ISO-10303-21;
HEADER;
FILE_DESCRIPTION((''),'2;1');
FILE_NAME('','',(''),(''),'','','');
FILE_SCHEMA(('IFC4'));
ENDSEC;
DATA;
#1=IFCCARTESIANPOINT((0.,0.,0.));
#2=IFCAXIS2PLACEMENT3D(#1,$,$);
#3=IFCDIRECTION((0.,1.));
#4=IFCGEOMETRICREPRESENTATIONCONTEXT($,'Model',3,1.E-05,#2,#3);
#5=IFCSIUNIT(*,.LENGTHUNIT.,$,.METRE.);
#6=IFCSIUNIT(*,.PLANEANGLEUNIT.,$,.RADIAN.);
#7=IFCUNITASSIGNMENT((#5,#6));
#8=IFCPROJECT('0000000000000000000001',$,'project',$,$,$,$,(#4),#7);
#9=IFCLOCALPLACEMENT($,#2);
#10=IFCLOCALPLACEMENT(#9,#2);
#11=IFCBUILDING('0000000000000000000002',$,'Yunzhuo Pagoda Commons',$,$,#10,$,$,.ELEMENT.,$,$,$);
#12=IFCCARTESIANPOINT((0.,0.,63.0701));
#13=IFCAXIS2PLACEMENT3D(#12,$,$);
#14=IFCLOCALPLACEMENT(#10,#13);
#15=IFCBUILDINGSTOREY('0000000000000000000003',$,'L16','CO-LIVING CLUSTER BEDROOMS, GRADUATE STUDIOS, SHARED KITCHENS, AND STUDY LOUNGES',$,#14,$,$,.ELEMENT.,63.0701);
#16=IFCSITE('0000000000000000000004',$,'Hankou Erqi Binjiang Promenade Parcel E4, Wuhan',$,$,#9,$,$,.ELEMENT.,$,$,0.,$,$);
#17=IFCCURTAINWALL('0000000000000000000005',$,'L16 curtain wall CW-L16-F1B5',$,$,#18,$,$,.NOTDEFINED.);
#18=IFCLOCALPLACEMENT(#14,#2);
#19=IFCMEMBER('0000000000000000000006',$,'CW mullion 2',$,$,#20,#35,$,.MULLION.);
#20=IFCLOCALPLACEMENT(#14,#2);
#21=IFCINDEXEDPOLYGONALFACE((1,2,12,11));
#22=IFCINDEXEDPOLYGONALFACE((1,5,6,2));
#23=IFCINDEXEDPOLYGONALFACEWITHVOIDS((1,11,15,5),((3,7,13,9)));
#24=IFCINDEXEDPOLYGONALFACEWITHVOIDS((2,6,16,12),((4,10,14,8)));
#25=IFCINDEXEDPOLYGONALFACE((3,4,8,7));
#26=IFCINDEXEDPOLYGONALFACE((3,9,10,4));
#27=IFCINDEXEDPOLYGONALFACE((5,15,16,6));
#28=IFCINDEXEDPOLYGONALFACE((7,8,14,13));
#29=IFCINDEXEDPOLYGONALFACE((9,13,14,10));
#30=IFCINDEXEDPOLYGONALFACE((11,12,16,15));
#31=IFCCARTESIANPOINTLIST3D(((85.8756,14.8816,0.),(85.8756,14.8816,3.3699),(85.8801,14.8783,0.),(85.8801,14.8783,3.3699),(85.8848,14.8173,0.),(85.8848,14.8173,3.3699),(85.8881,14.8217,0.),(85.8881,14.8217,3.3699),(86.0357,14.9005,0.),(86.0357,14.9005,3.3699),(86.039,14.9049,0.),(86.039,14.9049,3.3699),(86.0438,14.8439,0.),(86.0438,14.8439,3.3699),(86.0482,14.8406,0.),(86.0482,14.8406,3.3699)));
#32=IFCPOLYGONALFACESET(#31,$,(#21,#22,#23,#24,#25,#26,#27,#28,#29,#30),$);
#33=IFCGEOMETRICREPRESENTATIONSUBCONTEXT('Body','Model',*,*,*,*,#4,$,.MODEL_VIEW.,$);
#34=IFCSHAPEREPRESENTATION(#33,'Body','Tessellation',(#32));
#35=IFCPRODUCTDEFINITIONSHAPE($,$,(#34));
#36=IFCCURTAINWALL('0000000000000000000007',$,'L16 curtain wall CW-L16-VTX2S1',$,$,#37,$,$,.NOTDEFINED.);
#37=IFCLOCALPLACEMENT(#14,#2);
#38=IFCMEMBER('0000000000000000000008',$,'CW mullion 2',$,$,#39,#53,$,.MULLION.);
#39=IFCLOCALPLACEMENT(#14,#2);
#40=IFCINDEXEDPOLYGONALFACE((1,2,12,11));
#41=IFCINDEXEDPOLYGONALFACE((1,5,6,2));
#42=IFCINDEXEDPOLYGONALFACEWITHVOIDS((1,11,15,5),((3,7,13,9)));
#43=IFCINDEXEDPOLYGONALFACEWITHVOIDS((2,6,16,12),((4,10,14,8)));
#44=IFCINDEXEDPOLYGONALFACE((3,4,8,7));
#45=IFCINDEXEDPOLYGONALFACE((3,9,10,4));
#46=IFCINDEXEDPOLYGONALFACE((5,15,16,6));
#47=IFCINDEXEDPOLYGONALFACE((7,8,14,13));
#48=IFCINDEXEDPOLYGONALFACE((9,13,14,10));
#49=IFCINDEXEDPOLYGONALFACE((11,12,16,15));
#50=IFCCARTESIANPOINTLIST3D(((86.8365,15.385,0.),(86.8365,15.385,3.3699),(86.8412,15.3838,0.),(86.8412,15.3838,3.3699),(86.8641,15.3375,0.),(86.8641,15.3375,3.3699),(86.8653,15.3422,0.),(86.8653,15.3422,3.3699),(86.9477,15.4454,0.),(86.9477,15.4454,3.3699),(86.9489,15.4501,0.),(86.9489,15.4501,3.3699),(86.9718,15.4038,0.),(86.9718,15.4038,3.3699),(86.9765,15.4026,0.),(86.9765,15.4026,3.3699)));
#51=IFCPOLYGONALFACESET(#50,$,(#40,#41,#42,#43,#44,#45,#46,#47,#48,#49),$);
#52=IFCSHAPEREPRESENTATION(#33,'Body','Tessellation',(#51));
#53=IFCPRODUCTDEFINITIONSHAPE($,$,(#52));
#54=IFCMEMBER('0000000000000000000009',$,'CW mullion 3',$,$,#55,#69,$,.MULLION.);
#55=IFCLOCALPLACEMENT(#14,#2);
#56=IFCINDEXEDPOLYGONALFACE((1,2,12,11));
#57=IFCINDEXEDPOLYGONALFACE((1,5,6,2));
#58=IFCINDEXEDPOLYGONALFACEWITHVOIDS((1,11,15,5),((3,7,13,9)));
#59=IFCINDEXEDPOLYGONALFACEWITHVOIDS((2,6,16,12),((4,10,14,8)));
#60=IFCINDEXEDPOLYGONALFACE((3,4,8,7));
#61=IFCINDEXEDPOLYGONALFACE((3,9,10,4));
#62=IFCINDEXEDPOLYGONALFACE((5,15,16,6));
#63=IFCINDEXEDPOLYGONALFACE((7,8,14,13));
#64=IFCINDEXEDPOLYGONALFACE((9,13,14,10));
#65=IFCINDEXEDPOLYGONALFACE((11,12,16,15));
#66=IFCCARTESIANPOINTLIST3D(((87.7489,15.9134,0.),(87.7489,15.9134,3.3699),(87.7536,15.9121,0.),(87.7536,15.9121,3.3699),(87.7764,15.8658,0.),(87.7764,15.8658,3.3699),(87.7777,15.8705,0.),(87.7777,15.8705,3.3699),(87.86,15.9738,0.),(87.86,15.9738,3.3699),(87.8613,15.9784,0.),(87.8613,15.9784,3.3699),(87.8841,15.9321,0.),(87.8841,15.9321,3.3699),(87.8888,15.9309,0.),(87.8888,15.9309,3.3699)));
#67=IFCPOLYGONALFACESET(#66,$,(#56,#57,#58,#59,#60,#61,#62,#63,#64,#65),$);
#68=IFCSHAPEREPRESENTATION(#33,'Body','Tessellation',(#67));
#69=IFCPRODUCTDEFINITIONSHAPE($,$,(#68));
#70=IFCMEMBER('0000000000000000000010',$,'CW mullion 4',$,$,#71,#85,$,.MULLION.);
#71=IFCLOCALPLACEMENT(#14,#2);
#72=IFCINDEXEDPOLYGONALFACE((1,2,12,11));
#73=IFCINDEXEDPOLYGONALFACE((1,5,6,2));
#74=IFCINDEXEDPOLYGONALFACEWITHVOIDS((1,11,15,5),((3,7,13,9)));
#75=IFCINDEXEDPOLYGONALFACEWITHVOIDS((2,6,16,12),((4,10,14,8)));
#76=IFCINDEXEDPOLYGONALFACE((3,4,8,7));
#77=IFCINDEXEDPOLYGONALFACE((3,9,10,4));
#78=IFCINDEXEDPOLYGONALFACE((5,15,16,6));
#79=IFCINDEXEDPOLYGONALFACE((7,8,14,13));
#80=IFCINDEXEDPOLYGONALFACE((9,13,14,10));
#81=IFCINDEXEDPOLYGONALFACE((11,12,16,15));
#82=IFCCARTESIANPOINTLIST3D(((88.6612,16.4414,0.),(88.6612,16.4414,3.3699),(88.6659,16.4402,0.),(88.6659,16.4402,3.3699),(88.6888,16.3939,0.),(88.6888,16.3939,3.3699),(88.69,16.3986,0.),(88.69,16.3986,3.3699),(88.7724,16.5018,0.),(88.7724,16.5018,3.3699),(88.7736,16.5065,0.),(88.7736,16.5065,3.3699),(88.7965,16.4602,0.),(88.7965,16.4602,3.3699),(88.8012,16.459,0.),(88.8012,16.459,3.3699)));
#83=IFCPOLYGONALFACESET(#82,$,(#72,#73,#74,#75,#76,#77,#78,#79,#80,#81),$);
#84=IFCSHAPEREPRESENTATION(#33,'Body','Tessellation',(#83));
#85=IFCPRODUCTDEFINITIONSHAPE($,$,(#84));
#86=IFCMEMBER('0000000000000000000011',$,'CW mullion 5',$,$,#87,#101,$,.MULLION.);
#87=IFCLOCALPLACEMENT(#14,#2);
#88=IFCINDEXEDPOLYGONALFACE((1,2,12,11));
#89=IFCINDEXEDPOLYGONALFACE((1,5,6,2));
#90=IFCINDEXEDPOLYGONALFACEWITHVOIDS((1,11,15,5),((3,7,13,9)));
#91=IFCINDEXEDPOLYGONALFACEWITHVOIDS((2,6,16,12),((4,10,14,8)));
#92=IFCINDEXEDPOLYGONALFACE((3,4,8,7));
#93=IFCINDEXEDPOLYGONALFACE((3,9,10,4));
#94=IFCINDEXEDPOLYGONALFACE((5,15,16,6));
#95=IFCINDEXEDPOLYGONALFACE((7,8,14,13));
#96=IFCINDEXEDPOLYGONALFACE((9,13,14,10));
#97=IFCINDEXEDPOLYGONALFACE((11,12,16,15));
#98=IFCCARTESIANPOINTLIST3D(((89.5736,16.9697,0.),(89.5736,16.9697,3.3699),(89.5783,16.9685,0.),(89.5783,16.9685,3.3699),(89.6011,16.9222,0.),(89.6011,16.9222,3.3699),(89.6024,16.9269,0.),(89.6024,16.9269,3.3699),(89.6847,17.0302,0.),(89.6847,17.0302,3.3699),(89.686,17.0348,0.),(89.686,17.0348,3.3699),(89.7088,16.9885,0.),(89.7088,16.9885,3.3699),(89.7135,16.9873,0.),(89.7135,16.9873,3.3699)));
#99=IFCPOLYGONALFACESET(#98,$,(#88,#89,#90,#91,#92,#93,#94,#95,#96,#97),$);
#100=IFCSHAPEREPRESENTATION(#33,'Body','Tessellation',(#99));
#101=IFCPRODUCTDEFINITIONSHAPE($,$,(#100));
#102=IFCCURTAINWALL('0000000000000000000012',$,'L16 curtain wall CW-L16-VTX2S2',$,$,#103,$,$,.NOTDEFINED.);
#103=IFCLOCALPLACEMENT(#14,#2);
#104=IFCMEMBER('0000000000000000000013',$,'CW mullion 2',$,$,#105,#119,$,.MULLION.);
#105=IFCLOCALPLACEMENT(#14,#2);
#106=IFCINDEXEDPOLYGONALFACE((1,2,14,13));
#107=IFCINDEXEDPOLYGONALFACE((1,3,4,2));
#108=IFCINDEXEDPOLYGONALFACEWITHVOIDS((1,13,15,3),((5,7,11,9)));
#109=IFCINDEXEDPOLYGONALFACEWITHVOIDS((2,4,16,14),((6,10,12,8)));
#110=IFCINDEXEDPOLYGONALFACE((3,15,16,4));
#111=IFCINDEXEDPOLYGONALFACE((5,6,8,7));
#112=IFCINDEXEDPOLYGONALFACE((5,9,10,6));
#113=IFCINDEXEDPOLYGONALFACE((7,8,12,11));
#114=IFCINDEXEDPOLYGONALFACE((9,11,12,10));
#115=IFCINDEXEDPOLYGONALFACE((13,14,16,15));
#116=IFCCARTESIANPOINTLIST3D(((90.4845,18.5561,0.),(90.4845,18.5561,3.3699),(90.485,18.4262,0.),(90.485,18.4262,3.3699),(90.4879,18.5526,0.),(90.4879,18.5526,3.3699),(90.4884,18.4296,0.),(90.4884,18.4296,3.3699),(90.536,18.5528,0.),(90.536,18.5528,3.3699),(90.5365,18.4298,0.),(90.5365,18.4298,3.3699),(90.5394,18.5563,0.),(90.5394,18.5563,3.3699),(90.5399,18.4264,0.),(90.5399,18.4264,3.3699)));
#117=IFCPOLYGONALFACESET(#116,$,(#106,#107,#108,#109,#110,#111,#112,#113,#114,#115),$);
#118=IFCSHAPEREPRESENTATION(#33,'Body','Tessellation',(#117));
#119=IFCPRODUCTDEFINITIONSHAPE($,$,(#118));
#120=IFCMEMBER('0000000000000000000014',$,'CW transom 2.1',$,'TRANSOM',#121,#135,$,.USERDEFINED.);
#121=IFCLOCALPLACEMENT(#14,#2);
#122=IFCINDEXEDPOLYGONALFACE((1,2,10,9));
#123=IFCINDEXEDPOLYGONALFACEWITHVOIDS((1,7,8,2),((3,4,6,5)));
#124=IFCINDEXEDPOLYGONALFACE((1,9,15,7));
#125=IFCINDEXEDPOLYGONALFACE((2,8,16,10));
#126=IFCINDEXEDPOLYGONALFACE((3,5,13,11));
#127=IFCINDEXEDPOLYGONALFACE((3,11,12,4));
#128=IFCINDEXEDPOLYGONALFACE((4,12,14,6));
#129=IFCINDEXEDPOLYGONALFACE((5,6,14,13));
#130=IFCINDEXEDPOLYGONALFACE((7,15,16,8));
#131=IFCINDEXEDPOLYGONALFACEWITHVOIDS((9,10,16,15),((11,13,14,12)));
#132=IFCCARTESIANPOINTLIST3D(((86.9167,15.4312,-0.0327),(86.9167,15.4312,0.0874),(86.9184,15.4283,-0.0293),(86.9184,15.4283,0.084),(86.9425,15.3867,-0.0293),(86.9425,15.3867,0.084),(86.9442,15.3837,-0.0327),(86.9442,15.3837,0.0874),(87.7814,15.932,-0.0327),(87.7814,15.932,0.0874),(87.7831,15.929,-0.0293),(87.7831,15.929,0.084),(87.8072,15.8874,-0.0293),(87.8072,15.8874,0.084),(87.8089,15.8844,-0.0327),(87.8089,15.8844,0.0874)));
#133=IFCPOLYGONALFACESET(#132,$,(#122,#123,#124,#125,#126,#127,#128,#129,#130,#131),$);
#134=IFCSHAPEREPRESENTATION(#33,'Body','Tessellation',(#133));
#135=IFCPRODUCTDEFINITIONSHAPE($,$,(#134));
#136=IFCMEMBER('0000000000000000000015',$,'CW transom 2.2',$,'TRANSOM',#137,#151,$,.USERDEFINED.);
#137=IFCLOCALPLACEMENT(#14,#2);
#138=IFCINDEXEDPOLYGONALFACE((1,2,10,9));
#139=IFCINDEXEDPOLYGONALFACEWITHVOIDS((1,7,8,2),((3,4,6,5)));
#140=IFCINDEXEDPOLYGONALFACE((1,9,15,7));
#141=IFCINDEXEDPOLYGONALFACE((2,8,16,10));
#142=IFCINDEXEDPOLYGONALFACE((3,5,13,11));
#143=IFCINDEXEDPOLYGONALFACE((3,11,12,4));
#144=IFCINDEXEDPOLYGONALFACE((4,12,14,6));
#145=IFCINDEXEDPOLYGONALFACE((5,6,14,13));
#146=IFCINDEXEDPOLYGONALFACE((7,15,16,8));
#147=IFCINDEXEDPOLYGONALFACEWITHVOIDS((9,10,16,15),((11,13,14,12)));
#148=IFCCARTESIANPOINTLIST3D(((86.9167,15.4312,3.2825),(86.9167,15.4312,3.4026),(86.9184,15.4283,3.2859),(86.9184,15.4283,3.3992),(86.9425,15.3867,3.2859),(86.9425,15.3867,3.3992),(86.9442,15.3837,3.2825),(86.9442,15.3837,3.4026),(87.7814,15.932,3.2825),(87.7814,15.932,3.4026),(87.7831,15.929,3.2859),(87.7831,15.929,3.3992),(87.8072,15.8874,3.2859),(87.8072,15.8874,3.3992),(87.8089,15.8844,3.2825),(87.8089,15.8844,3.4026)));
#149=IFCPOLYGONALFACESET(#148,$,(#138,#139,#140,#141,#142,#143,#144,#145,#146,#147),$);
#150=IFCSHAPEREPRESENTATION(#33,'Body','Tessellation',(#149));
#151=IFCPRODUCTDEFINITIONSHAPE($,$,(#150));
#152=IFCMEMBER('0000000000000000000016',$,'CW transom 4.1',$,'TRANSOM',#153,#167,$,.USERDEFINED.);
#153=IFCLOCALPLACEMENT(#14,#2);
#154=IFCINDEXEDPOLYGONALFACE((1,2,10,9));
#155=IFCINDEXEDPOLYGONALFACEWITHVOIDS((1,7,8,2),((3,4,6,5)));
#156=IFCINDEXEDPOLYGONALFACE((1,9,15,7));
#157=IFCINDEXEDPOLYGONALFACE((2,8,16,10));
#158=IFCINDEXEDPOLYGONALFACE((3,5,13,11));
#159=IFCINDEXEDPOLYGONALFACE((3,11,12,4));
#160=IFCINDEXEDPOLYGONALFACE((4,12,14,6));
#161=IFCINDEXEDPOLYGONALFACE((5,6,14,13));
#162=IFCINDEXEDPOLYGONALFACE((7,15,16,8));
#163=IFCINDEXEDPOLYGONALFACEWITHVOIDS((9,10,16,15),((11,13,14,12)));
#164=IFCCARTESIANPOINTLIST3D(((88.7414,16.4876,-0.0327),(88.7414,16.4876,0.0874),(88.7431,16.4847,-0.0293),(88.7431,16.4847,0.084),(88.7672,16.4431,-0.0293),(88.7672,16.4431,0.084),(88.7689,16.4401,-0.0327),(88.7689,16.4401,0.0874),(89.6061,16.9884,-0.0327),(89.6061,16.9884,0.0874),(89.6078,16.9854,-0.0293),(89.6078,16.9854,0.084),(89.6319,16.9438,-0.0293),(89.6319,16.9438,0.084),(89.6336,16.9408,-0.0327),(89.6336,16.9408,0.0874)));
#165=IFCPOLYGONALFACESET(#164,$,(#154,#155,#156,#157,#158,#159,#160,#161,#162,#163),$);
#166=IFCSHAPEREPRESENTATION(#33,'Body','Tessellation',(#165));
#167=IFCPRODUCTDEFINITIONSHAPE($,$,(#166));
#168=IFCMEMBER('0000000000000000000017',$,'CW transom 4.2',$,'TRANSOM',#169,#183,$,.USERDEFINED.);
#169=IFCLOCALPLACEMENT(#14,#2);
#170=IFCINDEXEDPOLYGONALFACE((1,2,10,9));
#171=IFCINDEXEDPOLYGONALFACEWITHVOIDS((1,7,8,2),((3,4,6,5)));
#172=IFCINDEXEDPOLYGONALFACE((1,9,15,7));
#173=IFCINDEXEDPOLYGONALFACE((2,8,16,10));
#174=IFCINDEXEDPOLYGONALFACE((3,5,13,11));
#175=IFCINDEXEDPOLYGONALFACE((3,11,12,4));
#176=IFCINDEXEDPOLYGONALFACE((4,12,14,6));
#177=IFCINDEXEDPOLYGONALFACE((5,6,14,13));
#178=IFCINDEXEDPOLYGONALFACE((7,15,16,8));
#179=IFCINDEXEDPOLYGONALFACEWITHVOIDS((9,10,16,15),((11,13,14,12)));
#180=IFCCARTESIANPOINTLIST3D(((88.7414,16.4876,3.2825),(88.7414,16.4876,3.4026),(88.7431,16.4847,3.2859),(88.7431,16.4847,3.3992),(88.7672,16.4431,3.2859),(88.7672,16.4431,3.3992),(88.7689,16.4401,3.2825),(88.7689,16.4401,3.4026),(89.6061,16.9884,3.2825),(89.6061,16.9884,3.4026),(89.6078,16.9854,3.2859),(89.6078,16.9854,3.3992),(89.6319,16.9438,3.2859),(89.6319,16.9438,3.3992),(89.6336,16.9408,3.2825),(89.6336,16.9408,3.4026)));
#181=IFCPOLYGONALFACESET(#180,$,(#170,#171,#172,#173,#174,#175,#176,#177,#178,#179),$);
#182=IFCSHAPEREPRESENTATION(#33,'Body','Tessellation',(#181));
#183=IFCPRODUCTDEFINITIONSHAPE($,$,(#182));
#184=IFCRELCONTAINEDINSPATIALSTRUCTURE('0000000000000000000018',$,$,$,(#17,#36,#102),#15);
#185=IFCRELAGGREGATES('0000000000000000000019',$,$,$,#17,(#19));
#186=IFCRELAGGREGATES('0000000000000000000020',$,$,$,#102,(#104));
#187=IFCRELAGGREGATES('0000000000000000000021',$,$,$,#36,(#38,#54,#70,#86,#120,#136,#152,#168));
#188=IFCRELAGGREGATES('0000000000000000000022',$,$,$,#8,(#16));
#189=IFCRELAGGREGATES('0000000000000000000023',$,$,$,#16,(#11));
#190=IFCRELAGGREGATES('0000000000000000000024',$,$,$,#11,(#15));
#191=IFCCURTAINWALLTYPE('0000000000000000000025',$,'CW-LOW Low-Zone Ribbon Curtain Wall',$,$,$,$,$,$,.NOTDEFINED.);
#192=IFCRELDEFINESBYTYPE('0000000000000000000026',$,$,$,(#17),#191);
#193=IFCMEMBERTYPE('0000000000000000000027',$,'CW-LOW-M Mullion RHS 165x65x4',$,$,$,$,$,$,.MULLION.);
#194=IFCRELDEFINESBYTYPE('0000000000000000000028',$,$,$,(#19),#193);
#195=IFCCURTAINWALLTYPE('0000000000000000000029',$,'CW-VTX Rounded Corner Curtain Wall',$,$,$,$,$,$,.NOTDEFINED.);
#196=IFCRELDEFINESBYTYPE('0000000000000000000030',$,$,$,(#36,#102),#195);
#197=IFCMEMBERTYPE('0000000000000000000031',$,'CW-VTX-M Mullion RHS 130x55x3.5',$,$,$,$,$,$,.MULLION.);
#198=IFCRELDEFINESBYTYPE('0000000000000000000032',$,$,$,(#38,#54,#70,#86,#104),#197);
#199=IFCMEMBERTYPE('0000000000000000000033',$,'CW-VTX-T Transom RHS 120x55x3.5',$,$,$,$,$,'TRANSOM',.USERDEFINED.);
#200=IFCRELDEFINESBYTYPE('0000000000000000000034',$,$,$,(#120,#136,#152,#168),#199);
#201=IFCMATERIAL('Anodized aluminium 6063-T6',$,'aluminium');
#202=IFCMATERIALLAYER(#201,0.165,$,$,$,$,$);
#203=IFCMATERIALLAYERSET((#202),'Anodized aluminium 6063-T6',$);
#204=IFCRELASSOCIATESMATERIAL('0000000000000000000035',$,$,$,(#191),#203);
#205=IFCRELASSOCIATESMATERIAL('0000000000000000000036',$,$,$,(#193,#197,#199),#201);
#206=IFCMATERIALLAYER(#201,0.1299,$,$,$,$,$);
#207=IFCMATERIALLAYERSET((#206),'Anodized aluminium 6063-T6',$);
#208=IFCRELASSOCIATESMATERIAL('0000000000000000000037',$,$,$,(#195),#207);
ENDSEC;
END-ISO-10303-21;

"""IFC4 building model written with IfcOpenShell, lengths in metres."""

from ifc_helpers import new_model, si_unit, direction, frame, origin, origin_2d, place, context, subcontext, project, spatial, hollow_rectangle, extrude, source, transform, mapped, material, layer, layer_set, material_profile, profile_set, type_object, element, aggregate, save


model = new_model("IFC4")

# Units and contexts
model_context = context("Model", 3, precision=1e-05, world=origin(), true_north=direction((0.0, 1.0)))
body_context = subcontext(model_context, "Body", "Model", "MODEL_VIEW")
ifc_project = project(units=[si_unit("LENGTHUNIT", "METRE"), si_unit("PLANEANGLEUNIT", "RADIAN")], contexts=[model_context])

# Site, building, storey
site_placement = place(None, origin())
site = spatial("IfcSite", under=ifc_project, at=site_placement, Name="Hankou Erqi Binjiang Promenade Parcel E4, Wuhan", CompositionType="ELEMENT", RefElevation=0.0)
building_placement = place(site_placement, origin())
building = spatial("IfcBuilding", under=site, at=building_placement, Name="Yunzhuo Pagoda Commons", CompositionType="ELEMENT")
storey_placement = place(building_placement, frame((0.0, 0.0, 63.0701)))
storey = spatial("IfcBuildingStorey", under=building, at=storey_placement, Name="L16", Description="CO-LIVING CLUSTER BEDROOMS, GRADUATE STUDIOS, SHARED KITCHENS, AND STUDY LOUNGES", CompositionType="ELEMENT", Elevation=63.0701)

# Curtain wall, member
ifc_material_1 = material(Name="Anodized aluminium 6063-T6", Category="aluminium")
ifc_layer_1 = layer(ifc_material_1, 0.165)
ifc_layer_set_1 = layer_set([ifc_layer_1], Name="Anodized aluminium 6063-T6")
curtain_wall_type_1 = type_object("IfcCurtainWallType", Name="CW-LOW Low-Zone Ribbon Curtain Wall", PredefinedType="NOTDEFINED", material=ifc_layer_set_1)
curtain_wall_1_placement = place(storey_placement, origin())
curtain_wall_1 = element("IfcCurtainWall", 1, at=curtain_wall_1_placement, inside=storey, type_object=curtain_wall_type_1, Name="L16 curtain wall CW-L16-F1B5", PredefinedType="NOTDEFINED")
ifc_material_profile_1 = material_profile(ifc_material_1, hollow_rectangle(XDim=0.0649, YDim=0.165, WallThickness=0.0039, at=origin_2d()), Name="Anodized aluminium 6063-T6")
ifc_profile_set_1 = profile_set([ifc_material_profile_1], Name="Anodized aluminium 6063-T6")
member_type_1 = type_object("IfcMemberType", Name="CW-LOW-M Mullion RHS 165x65x4", PredefinedType="MULLION", material=ifc_profile_set_1)
shared_shape_1 = source(origin(), body_context, "Body", "SweptSolid", [
    extrude(hollow_rectangle(XDim=0.0649, YDim=0.165, WallThickness=0.0039, at=origin_2d()), origin(), (0.0, 0.0, 1.0), 3.3699),
])
member_1_placement = place(storey_placement, frame((85.9619, 14.8611, 0.0), z_axis=(0.0, 0.0, 1.0), x_axis=(-0.14114, 0.98999, 0.0)))
member_1 = element("IfcMember", 2, at=member_1_placement, type_object=member_type_1, Name="CW mullion 2", PredefinedType="MULLION", context=body_context, shape_type="MappedRepresentation", body=[
    mapped(shared_shape_1, transform((0.0, 0.0, 0.0), scale=1.0)),
])

# Curtain wall, members
ifc_layer_2 = layer(ifc_material_1, 0.1299)
ifc_layer_set_2 = layer_set([ifc_layer_2], Name="Anodized aluminium 6063-T6")
curtain_wall_type_2 = type_object("IfcCurtainWallType", Name="CW-VTX Rounded Corner Curtain Wall", PredefinedType="NOTDEFINED", material=ifc_layer_set_2)
curtain_wall_2_placement = place(storey_placement, origin())
curtain_wall_2 = element("IfcCurtainWall", 3, at=curtain_wall_2_placement, inside=storey, type_object=curtain_wall_type_2, Name="L16 curtain wall CW-L16-VTX2S1", PredefinedType="NOTDEFINED")
ifc_material_profile_2 = material_profile(ifc_material_1, hollow_rectangle(XDim=0.0549, YDim=0.1299, WallThickness=0.0034, at=origin_2d()), Name="Anodized aluminium 6063-T6")
ifc_profile_set_2 = profile_set([ifc_material_profile_2], Name="Anodized aluminium 6063-T6")
member_type_2 = type_object("IfcMemberType", Name="CW-VTX-M Mullion RHS 130x55x3.5", PredefinedType="MULLION", material=ifc_profile_set_2)
shared_shape_2 = source(origin(), body_context, "Body", "SweptSolid", [
    extrude(hollow_rectangle(XDim=0.0549, YDim=0.1299, WallThickness=0.0034, at=origin_2d()), origin(), (0.0, 0.0, 1.0), 3.3699),
])
member_2_placement = place(storey_placement, frame((86.9065, 15.3938, 0.0), z_axis=(0.0, 0.0, 1.0), x_axis=(-0.501039, 0.865425, 0.0)))
member_2 = element("IfcMember", 4, at=member_2_placement, type_object=member_type_2, Name="CW mullion 2", PredefinedType="MULLION", context=body_context, shape_type="MappedRepresentation", body=[
    mapped(shared_shape_2, transform((0.0, 0.0, 0.0), scale=1.0)),
])
member_3_placement = place(storey_placement, frame((87.8188, 15.9221, 0.0), z_axis=(0.0, 0.0, 1.0), x_axis=(-0.501039, 0.865425, 0.0)))
member_3 = element("IfcMember", 5, at=member_3_placement, type_object=member_type_2, Name="CW mullion 3", PredefinedType="MULLION", context=body_context, shape_type="MappedRepresentation", body=[
    mapped(shared_shape_2, transform((0.0, 0.0, 0.0), scale=1.0)),
])
member_4_placement = place(storey_placement, frame((88.7312, 16.4502, 0.0), z_axis=(0.0, 0.0, 1.0), x_axis=(-0.501039, 0.865425, 0.0)))
member_4 = element("IfcMember", 6, at=member_4_placement, type_object=member_type_2, Name="CW mullion 4", PredefinedType="MULLION", context=body_context, shape_type="MappedRepresentation", body=[
    mapped(shared_shape_2, transform((0.0, 0.0, 0.0), scale=1.0)),
])
member_5_placement = place(storey_placement, frame((89.6436, 16.9785, 0.0), z_axis=(0.0, 0.0, 1.0), x_axis=(-0.501039, 0.865425, 0.0)))
member_5 = element("IfcMember", 7, at=member_5_placement, type_object=member_type_2, Name="CW mullion 5", PredefinedType="MULLION", context=body_context, shape_type="MappedRepresentation", body=[
    mapped(shared_shape_2, transform((0.0, 0.0, 0.0), scale=1.0)),
])

# Curtain wall, member
curtain_wall_3_placement = place(storey_placement, origin())
curtain_wall_3 = element("IfcCurtainWall", 8, at=curtain_wall_3_placement, inside=storey, type_object=curtain_wall_type_2, Name="L16 curtain wall CW-L16-VTX2S2", PredefinedType="NOTDEFINED")
member_6_placement = place(storey_placement, frame((90.5122, 18.4912, 0.0), z_axis=(0.0, 0.0, 1.0), x_axis=(-0.999994, -0.003586, 0.0)))
member_6 = element("IfcMember", 9, at=member_6_placement, type_object=member_type_2, Name="CW mullion 2", PredefinedType="MULLION", context=body_context, shape_type="MappedRepresentation", body=[
    mapped(shared_shape_2, transform((0.0, 0.0, 0.0), scale=1.0)),
])

# Members
ifc_material_profile_3 = material_profile(ifc_material_1, hollow_rectangle(XDim=0.0549, YDim=0.1201, WallThickness=0.0034, at=origin_2d()), Name="Anodized aluminium 6063-T6")
ifc_profile_set_3 = profile_set([ifc_material_profile_3], Name="Anodized aluminium 6063-T6")
member_type_3 = type_object("IfcMemberType", Name="CW-VTX-T Transom RHS 120x55x3.5", ElementType="TRANSOM", PredefinedType="USERDEFINED", material=ifc_profile_set_3)
shared_shape_3 = source(origin(), body_context, "Body", "SweptSolid", [
    extrude(hollow_rectangle(XDim=0.0549, YDim=0.1201, WallThickness=0.0034, at=origin_2d()), origin(), (0.0, 0.0, 1.0), 0.9993),
])
member_7_placement = place(storey_placement, frame((86.9304, 15.4075, 0.0273), z_axis=(0.865387, 0.501104, 0.0), x_axis=(-0.501104, 0.865387, 0.0)))
member_7 = element("IfcMember", 10, at=member_7_placement, type_object=member_type_3, Name="CW transom 2.1", ObjectType="TRANSOM", PredefinedType="USERDEFINED", context=body_context, shape_type="MappedRepresentation", body=[
    mapped(shared_shape_3, transform((0.0, 0.0, 0.0), scale=1.0)),
])
member_8_placement = place(storey_placement, frame((86.9304, 15.4075, 3.3425), z_axis=(0.865387, 0.501104, 0.0), x_axis=(-0.501104, 0.865387, 0.0)))
member_8 = element("IfcMember", 11, at=member_8_placement, type_object=member_type_3, Name="CW transom 2.2", ObjectType="TRANSOM", PredefinedType="USERDEFINED", context=body_context, shape_type="MappedRepresentation", body=[
    mapped(shared_shape_3, transform((0.0, 0.0, 0.0), scale=1.0)),
])
member_9_placement = place(storey_placement, frame((88.7551, 16.4639, 0.0273), z_axis=(0.865387, 0.501104, 0.0), x_axis=(-0.501104, 0.865387, 0.0)))
member_9 = element("IfcMember", 12, at=member_9_placement, type_object=member_type_3, Name="CW transom 4.1", ObjectType="TRANSOM", PredefinedType="USERDEFINED", context=body_context, shape_type="MappedRepresentation", body=[
    mapped(shared_shape_3, transform((0.0, 0.0, 0.0), scale=1.0)),
])
member_10_placement = place(storey_placement, frame((88.7551, 16.4639, 3.3425), z_axis=(0.865387, 0.501104, 0.0), x_axis=(-0.501104, 0.865387, 0.0)))
member_10 = element("IfcMember", 13, at=member_10_placement, type_object=member_type_3, Name="CW transom 4.2", ObjectType="TRANSOM", PredefinedType="USERDEFINED", context=body_context, shape_type="MappedRepresentation", body=[
    mapped(shared_shape_3, transform((0.0, 0.0, 0.0), scale=1.0)),
])

aggregate(curtain_wall_1, [member_1])
aggregate(curtain_wall_3, [member_6])
aggregate(curtain_wall_2, [member_2, member_3, member_4, member_5, member_7, member_8, member_9, member_10])

save(model, "model.ifc")
